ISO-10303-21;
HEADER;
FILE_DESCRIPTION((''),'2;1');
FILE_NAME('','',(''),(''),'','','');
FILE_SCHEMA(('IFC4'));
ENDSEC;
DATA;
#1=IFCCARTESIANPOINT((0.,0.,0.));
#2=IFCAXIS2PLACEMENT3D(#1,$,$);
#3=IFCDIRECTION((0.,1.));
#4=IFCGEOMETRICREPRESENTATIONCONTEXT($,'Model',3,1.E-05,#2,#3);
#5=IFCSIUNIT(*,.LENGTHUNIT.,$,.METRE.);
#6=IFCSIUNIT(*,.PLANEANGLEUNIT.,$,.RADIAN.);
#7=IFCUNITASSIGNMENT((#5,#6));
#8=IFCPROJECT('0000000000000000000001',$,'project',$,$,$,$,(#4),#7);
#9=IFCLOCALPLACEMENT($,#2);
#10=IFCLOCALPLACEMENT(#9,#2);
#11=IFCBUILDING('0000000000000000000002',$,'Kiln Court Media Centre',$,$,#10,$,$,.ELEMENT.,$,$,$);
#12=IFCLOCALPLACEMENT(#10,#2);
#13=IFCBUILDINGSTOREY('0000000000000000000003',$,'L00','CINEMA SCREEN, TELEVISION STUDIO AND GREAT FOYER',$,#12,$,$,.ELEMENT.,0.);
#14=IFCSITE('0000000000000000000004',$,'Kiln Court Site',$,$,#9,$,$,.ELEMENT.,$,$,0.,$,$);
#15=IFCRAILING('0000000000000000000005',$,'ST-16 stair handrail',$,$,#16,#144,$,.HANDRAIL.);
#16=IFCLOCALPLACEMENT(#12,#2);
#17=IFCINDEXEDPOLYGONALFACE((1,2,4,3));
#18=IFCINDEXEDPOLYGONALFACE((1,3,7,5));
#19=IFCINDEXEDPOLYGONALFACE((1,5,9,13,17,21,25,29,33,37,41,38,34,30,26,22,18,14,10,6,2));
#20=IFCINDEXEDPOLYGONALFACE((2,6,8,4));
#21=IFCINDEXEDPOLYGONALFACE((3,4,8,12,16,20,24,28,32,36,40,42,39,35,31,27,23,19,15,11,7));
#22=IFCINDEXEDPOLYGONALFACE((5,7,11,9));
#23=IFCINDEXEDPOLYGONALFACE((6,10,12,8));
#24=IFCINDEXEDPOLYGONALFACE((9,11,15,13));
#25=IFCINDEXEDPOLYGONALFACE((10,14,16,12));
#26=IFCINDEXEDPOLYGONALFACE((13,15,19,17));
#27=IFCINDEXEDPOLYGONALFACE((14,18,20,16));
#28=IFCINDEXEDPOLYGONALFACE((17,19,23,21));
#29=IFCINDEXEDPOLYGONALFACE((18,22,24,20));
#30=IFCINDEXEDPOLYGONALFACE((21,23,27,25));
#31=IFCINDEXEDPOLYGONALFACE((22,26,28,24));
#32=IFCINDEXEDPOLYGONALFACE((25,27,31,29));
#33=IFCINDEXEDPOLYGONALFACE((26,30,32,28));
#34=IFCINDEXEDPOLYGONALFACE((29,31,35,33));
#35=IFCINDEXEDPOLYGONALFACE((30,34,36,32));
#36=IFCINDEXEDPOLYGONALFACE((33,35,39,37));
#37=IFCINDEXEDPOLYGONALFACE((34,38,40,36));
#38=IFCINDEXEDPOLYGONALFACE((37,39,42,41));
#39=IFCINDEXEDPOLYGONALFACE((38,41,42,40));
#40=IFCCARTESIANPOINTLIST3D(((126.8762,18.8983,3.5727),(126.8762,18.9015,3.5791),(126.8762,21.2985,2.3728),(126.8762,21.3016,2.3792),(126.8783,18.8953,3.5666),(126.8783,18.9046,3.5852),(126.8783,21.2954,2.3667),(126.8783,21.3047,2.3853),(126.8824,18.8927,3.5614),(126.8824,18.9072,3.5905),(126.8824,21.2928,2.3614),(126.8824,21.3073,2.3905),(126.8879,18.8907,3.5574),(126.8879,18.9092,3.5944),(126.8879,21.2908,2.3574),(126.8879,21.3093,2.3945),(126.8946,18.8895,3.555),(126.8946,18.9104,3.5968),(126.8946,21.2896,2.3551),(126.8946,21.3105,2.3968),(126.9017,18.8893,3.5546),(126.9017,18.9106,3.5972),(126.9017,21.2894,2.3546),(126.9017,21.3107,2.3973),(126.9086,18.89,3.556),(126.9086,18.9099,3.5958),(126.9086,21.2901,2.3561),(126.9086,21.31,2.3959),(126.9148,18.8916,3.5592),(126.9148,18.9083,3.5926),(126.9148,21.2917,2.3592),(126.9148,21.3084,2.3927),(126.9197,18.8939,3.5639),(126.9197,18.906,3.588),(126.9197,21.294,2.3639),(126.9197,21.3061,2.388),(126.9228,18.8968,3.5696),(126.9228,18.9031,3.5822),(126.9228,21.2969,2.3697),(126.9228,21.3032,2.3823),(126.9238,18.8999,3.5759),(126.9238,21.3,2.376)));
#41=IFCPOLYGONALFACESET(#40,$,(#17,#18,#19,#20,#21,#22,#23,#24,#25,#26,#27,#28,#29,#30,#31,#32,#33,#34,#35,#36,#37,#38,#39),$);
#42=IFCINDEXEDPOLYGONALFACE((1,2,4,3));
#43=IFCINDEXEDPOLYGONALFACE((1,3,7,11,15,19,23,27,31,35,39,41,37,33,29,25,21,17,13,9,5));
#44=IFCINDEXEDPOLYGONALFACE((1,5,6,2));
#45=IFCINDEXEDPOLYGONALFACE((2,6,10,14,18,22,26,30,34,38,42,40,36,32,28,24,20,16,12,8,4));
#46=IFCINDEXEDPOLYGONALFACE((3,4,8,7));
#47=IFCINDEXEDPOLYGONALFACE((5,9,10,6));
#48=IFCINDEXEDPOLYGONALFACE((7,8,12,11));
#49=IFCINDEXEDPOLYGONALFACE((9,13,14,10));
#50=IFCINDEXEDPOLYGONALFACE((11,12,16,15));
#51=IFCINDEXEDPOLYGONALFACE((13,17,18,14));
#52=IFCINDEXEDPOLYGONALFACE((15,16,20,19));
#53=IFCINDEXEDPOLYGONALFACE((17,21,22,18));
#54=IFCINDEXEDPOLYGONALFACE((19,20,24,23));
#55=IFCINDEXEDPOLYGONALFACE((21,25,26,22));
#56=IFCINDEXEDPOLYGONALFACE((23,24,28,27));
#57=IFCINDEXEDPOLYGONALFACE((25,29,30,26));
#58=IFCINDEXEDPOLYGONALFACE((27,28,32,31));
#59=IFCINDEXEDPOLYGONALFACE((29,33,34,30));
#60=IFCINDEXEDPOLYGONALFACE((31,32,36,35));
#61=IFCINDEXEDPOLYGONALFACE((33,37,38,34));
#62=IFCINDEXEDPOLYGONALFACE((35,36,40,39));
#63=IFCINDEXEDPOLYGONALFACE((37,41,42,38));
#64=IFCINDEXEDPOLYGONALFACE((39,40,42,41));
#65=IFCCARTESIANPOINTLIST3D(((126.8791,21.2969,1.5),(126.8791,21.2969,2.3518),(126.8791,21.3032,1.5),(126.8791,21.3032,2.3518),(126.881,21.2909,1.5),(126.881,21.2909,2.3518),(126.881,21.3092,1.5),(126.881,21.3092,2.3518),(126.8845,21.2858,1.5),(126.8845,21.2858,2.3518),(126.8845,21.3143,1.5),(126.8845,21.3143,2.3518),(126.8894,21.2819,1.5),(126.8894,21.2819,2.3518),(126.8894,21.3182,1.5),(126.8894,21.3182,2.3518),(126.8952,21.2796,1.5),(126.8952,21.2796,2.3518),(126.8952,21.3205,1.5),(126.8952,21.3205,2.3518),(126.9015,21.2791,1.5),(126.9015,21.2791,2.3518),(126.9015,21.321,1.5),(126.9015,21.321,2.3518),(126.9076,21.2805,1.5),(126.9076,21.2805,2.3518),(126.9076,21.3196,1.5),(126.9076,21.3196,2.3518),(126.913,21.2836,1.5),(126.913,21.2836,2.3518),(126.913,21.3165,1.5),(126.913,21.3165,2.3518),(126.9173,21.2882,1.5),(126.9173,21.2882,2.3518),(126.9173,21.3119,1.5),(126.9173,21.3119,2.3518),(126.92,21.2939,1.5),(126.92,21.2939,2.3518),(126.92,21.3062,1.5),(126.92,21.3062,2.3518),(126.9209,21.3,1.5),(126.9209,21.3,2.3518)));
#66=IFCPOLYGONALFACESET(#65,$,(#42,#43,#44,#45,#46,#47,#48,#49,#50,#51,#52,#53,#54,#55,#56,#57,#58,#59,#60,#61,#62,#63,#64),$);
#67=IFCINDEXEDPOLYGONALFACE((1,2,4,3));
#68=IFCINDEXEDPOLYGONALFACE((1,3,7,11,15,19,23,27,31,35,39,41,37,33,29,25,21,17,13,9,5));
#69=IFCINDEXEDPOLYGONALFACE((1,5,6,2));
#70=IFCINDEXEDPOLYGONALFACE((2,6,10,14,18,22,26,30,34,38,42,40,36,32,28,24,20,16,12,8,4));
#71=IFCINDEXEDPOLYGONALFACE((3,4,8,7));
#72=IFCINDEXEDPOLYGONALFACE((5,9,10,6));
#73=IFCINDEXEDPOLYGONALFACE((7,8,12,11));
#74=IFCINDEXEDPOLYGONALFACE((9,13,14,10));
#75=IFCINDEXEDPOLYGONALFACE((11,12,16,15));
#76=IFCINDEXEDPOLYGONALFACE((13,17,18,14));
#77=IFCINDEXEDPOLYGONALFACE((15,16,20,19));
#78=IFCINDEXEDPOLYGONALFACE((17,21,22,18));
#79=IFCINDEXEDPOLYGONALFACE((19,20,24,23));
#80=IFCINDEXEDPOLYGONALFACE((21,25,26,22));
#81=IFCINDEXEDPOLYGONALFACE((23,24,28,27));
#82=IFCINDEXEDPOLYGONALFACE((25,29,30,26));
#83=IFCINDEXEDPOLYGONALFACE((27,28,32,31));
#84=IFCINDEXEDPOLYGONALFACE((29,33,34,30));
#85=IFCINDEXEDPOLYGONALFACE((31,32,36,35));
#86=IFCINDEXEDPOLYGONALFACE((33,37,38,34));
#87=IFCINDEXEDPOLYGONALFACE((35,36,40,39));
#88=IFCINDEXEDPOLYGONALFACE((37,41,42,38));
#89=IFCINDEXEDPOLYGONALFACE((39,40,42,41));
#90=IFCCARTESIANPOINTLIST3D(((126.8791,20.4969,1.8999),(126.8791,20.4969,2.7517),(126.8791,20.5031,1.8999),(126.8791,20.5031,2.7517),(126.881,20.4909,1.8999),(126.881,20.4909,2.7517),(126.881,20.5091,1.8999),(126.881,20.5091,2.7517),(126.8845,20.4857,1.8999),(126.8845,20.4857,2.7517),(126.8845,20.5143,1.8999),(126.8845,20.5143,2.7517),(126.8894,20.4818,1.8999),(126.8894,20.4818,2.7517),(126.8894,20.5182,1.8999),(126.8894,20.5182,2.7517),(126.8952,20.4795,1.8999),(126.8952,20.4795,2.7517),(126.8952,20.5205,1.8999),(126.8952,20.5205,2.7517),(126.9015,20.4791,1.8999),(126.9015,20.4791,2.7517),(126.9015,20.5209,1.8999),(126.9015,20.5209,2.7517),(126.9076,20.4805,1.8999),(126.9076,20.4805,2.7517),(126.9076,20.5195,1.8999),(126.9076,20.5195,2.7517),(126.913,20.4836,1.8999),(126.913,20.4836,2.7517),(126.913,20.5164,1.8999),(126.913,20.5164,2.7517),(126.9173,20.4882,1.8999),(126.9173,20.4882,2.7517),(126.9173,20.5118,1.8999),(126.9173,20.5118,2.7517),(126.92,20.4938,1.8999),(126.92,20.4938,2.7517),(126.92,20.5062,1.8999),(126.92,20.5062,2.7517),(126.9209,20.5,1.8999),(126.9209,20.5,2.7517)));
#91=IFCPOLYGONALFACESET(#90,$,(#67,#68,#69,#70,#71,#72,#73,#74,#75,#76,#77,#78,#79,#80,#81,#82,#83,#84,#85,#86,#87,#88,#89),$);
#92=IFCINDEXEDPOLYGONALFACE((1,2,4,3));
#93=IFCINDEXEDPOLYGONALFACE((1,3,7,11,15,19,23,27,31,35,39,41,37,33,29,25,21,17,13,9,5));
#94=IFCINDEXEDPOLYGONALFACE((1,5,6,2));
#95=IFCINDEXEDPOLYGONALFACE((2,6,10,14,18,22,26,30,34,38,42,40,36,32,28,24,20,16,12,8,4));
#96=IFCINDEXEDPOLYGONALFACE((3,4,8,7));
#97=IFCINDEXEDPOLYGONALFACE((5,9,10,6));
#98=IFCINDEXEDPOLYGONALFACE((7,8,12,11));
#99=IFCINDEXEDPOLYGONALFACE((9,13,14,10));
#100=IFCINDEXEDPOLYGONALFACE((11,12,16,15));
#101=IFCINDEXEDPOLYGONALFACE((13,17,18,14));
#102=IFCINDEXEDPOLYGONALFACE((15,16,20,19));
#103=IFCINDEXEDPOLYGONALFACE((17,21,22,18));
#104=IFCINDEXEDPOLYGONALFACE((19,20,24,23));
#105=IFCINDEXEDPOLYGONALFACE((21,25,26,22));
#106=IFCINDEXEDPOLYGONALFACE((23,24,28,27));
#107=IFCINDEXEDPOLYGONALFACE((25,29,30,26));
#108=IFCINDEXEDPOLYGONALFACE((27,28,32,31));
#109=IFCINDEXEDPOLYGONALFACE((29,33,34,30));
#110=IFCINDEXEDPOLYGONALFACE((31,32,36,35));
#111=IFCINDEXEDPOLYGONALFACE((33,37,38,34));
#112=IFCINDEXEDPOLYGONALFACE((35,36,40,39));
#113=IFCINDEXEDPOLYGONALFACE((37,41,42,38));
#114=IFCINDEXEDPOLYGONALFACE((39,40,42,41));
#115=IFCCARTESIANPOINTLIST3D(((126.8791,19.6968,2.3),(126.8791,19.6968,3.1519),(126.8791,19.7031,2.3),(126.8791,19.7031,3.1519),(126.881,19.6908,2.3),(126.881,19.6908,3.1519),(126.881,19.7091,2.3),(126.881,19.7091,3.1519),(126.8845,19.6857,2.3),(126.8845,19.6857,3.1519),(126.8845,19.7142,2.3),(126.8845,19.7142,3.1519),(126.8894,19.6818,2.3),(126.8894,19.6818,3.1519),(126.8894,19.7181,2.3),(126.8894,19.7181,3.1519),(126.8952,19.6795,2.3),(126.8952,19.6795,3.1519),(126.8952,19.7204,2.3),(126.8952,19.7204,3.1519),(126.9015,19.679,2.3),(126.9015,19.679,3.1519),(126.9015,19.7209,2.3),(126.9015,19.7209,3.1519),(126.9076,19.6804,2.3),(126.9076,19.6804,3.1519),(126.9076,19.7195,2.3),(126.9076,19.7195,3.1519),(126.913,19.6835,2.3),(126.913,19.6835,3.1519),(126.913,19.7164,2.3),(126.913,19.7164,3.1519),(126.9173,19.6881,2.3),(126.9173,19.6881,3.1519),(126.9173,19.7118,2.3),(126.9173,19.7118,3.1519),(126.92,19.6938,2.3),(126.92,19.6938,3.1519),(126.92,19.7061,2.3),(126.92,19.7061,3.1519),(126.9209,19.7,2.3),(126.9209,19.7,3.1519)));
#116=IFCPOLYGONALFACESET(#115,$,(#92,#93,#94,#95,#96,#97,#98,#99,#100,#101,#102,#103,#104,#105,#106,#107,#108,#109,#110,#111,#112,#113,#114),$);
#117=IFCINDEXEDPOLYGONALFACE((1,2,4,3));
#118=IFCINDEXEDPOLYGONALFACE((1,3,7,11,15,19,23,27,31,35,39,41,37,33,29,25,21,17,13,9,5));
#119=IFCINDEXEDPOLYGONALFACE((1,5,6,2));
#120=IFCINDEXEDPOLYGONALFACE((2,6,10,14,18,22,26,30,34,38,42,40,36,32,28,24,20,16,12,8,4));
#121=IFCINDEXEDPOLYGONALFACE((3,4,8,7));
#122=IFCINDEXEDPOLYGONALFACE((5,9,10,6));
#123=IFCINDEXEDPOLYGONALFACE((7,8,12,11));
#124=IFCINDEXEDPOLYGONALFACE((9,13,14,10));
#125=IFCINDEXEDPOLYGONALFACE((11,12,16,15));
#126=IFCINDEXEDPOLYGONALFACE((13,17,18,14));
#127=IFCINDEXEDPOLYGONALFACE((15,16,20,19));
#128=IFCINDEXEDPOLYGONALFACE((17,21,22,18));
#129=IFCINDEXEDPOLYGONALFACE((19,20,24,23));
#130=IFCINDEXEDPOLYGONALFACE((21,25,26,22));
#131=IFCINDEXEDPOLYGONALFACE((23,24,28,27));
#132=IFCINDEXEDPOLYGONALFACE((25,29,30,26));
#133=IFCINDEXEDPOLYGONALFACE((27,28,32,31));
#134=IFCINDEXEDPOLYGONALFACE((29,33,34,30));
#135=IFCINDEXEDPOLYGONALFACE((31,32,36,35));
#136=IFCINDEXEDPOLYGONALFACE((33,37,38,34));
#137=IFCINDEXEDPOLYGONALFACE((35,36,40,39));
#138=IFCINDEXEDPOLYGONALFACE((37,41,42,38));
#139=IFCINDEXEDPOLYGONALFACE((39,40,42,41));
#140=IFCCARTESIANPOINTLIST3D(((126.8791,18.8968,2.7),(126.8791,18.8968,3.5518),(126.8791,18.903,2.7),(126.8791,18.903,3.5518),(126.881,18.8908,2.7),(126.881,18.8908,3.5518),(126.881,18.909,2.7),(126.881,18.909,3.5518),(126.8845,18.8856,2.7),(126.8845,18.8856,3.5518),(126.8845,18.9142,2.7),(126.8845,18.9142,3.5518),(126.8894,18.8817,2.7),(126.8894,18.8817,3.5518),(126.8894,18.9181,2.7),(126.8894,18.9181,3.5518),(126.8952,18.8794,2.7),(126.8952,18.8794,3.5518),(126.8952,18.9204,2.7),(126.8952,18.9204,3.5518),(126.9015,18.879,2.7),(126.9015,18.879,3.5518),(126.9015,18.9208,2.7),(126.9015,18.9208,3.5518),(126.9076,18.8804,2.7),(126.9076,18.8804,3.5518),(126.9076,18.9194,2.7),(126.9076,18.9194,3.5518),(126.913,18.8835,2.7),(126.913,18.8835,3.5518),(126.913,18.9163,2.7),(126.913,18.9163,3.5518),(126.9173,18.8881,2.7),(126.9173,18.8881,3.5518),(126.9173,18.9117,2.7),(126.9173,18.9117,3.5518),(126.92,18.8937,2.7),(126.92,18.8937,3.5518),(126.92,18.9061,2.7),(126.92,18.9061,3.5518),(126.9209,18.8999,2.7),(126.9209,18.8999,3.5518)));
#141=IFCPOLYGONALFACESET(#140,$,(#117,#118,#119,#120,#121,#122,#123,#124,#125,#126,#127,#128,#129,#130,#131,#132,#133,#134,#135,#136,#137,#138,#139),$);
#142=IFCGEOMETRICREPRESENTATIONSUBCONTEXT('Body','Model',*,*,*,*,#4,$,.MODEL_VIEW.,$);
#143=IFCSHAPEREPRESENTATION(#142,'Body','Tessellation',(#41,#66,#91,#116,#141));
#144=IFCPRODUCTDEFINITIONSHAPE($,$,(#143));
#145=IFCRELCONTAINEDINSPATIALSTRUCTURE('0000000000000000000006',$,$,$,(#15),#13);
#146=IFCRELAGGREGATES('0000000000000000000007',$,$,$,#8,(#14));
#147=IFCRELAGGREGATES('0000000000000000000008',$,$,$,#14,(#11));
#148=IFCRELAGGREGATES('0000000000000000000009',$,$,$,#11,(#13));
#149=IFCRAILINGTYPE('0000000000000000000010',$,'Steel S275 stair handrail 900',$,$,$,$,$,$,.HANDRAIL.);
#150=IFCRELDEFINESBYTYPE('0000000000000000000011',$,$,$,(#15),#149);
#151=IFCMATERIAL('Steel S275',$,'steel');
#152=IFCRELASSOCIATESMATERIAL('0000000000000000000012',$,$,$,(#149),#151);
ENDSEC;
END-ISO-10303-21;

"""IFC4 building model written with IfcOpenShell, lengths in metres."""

from ifc_helpers import new_model, si_unit, direction, frame, origin, origin_2d, place, context, subcontext, project, spatial, circle, extrude, material, type_object, element, save


model = new_model("IFC4")

# Units and contexts
model_context = context("Model", 3, precision=1e-05, world=origin(), true_north=direction((0.0, 1.0)))
body_context = subcontext(model_context, "Body", "Model", "MODEL_VIEW")
ifc_project = project(units=[si_unit("LENGTHUNIT", "METRE"), si_unit("PLANEANGLEUNIT", "RADIAN")], contexts=[model_context])

# Site, building, storey
site_placement = place(None, origin())
site = spatial("IfcSite", under=ifc_project, at=site_placement, Name="Kiln Court Site", CompositionType="ELEMENT", RefElevation=0.0)
building_placement = place(site_placement, origin())
building = spatial("IfcBuilding", under=site, at=building_placement, Name="Kiln Court Media Centre", CompositionType="ELEMENT")
storey_placement = place(building_placement, origin())
storey = spatial("IfcBuildingStorey", under=building, at=storey_placement, Name="L00", Description="CINEMA SCREEN, TELEVISION STUDIO AND GREAT FOYER", CompositionType="ELEMENT", Elevation=0.0)

# Railing
ifc_material_1 = material(Name="Steel S275", Category="steel")
railing_type_1 = type_object("IfcRailingType", Name="Steel S275 stair handrail 900", PredefinedType="HANDRAIL", material=ifc_material_1)
railing_1_placement = place(storey_placement, frame((126.8999, 21.3, 1.5)))
element("IfcRailing", 1, at=railing_1_placement, inside=storey, type_object=railing_type_1, Name="ST-16 stair handrail", PredefinedType="HANDRAIL", context=body_context, shape_type="SweptSolid", body=[
    extrude(circle(Radius=0.0239, at=origin_2d()), frame((0.0, 0.0, 0.876), z_axis=(0.0, -0.894445, 0.447177), x_axis=(1.0, 0.0, 0.0)), (0.0, 0.0, 1.0), 2.6833),
    extrude(circle(Radius=0.021, at=origin_2d()), origin(), (0.0, 0.0, 1.0), 0.8518),
    extrude(circle(Radius=0.021, at=origin_2d()), frame((0.0, -0.8, 0.3999)), (0.0, 0.0, 1.0), 0.8518),
    extrude(circle(Radius=0.021, at=origin_2d()), frame((0.0, -1.6001, 0.8)), (0.0, 0.0, 1.0), 0.8518),
    extrude(circle(Radius=0.021, at=origin_2d()), frame((0.0, -2.4001, 1.2)), (0.0, 0.0, 1.0), 0.8518),
])

save(model, "model.ifc")
